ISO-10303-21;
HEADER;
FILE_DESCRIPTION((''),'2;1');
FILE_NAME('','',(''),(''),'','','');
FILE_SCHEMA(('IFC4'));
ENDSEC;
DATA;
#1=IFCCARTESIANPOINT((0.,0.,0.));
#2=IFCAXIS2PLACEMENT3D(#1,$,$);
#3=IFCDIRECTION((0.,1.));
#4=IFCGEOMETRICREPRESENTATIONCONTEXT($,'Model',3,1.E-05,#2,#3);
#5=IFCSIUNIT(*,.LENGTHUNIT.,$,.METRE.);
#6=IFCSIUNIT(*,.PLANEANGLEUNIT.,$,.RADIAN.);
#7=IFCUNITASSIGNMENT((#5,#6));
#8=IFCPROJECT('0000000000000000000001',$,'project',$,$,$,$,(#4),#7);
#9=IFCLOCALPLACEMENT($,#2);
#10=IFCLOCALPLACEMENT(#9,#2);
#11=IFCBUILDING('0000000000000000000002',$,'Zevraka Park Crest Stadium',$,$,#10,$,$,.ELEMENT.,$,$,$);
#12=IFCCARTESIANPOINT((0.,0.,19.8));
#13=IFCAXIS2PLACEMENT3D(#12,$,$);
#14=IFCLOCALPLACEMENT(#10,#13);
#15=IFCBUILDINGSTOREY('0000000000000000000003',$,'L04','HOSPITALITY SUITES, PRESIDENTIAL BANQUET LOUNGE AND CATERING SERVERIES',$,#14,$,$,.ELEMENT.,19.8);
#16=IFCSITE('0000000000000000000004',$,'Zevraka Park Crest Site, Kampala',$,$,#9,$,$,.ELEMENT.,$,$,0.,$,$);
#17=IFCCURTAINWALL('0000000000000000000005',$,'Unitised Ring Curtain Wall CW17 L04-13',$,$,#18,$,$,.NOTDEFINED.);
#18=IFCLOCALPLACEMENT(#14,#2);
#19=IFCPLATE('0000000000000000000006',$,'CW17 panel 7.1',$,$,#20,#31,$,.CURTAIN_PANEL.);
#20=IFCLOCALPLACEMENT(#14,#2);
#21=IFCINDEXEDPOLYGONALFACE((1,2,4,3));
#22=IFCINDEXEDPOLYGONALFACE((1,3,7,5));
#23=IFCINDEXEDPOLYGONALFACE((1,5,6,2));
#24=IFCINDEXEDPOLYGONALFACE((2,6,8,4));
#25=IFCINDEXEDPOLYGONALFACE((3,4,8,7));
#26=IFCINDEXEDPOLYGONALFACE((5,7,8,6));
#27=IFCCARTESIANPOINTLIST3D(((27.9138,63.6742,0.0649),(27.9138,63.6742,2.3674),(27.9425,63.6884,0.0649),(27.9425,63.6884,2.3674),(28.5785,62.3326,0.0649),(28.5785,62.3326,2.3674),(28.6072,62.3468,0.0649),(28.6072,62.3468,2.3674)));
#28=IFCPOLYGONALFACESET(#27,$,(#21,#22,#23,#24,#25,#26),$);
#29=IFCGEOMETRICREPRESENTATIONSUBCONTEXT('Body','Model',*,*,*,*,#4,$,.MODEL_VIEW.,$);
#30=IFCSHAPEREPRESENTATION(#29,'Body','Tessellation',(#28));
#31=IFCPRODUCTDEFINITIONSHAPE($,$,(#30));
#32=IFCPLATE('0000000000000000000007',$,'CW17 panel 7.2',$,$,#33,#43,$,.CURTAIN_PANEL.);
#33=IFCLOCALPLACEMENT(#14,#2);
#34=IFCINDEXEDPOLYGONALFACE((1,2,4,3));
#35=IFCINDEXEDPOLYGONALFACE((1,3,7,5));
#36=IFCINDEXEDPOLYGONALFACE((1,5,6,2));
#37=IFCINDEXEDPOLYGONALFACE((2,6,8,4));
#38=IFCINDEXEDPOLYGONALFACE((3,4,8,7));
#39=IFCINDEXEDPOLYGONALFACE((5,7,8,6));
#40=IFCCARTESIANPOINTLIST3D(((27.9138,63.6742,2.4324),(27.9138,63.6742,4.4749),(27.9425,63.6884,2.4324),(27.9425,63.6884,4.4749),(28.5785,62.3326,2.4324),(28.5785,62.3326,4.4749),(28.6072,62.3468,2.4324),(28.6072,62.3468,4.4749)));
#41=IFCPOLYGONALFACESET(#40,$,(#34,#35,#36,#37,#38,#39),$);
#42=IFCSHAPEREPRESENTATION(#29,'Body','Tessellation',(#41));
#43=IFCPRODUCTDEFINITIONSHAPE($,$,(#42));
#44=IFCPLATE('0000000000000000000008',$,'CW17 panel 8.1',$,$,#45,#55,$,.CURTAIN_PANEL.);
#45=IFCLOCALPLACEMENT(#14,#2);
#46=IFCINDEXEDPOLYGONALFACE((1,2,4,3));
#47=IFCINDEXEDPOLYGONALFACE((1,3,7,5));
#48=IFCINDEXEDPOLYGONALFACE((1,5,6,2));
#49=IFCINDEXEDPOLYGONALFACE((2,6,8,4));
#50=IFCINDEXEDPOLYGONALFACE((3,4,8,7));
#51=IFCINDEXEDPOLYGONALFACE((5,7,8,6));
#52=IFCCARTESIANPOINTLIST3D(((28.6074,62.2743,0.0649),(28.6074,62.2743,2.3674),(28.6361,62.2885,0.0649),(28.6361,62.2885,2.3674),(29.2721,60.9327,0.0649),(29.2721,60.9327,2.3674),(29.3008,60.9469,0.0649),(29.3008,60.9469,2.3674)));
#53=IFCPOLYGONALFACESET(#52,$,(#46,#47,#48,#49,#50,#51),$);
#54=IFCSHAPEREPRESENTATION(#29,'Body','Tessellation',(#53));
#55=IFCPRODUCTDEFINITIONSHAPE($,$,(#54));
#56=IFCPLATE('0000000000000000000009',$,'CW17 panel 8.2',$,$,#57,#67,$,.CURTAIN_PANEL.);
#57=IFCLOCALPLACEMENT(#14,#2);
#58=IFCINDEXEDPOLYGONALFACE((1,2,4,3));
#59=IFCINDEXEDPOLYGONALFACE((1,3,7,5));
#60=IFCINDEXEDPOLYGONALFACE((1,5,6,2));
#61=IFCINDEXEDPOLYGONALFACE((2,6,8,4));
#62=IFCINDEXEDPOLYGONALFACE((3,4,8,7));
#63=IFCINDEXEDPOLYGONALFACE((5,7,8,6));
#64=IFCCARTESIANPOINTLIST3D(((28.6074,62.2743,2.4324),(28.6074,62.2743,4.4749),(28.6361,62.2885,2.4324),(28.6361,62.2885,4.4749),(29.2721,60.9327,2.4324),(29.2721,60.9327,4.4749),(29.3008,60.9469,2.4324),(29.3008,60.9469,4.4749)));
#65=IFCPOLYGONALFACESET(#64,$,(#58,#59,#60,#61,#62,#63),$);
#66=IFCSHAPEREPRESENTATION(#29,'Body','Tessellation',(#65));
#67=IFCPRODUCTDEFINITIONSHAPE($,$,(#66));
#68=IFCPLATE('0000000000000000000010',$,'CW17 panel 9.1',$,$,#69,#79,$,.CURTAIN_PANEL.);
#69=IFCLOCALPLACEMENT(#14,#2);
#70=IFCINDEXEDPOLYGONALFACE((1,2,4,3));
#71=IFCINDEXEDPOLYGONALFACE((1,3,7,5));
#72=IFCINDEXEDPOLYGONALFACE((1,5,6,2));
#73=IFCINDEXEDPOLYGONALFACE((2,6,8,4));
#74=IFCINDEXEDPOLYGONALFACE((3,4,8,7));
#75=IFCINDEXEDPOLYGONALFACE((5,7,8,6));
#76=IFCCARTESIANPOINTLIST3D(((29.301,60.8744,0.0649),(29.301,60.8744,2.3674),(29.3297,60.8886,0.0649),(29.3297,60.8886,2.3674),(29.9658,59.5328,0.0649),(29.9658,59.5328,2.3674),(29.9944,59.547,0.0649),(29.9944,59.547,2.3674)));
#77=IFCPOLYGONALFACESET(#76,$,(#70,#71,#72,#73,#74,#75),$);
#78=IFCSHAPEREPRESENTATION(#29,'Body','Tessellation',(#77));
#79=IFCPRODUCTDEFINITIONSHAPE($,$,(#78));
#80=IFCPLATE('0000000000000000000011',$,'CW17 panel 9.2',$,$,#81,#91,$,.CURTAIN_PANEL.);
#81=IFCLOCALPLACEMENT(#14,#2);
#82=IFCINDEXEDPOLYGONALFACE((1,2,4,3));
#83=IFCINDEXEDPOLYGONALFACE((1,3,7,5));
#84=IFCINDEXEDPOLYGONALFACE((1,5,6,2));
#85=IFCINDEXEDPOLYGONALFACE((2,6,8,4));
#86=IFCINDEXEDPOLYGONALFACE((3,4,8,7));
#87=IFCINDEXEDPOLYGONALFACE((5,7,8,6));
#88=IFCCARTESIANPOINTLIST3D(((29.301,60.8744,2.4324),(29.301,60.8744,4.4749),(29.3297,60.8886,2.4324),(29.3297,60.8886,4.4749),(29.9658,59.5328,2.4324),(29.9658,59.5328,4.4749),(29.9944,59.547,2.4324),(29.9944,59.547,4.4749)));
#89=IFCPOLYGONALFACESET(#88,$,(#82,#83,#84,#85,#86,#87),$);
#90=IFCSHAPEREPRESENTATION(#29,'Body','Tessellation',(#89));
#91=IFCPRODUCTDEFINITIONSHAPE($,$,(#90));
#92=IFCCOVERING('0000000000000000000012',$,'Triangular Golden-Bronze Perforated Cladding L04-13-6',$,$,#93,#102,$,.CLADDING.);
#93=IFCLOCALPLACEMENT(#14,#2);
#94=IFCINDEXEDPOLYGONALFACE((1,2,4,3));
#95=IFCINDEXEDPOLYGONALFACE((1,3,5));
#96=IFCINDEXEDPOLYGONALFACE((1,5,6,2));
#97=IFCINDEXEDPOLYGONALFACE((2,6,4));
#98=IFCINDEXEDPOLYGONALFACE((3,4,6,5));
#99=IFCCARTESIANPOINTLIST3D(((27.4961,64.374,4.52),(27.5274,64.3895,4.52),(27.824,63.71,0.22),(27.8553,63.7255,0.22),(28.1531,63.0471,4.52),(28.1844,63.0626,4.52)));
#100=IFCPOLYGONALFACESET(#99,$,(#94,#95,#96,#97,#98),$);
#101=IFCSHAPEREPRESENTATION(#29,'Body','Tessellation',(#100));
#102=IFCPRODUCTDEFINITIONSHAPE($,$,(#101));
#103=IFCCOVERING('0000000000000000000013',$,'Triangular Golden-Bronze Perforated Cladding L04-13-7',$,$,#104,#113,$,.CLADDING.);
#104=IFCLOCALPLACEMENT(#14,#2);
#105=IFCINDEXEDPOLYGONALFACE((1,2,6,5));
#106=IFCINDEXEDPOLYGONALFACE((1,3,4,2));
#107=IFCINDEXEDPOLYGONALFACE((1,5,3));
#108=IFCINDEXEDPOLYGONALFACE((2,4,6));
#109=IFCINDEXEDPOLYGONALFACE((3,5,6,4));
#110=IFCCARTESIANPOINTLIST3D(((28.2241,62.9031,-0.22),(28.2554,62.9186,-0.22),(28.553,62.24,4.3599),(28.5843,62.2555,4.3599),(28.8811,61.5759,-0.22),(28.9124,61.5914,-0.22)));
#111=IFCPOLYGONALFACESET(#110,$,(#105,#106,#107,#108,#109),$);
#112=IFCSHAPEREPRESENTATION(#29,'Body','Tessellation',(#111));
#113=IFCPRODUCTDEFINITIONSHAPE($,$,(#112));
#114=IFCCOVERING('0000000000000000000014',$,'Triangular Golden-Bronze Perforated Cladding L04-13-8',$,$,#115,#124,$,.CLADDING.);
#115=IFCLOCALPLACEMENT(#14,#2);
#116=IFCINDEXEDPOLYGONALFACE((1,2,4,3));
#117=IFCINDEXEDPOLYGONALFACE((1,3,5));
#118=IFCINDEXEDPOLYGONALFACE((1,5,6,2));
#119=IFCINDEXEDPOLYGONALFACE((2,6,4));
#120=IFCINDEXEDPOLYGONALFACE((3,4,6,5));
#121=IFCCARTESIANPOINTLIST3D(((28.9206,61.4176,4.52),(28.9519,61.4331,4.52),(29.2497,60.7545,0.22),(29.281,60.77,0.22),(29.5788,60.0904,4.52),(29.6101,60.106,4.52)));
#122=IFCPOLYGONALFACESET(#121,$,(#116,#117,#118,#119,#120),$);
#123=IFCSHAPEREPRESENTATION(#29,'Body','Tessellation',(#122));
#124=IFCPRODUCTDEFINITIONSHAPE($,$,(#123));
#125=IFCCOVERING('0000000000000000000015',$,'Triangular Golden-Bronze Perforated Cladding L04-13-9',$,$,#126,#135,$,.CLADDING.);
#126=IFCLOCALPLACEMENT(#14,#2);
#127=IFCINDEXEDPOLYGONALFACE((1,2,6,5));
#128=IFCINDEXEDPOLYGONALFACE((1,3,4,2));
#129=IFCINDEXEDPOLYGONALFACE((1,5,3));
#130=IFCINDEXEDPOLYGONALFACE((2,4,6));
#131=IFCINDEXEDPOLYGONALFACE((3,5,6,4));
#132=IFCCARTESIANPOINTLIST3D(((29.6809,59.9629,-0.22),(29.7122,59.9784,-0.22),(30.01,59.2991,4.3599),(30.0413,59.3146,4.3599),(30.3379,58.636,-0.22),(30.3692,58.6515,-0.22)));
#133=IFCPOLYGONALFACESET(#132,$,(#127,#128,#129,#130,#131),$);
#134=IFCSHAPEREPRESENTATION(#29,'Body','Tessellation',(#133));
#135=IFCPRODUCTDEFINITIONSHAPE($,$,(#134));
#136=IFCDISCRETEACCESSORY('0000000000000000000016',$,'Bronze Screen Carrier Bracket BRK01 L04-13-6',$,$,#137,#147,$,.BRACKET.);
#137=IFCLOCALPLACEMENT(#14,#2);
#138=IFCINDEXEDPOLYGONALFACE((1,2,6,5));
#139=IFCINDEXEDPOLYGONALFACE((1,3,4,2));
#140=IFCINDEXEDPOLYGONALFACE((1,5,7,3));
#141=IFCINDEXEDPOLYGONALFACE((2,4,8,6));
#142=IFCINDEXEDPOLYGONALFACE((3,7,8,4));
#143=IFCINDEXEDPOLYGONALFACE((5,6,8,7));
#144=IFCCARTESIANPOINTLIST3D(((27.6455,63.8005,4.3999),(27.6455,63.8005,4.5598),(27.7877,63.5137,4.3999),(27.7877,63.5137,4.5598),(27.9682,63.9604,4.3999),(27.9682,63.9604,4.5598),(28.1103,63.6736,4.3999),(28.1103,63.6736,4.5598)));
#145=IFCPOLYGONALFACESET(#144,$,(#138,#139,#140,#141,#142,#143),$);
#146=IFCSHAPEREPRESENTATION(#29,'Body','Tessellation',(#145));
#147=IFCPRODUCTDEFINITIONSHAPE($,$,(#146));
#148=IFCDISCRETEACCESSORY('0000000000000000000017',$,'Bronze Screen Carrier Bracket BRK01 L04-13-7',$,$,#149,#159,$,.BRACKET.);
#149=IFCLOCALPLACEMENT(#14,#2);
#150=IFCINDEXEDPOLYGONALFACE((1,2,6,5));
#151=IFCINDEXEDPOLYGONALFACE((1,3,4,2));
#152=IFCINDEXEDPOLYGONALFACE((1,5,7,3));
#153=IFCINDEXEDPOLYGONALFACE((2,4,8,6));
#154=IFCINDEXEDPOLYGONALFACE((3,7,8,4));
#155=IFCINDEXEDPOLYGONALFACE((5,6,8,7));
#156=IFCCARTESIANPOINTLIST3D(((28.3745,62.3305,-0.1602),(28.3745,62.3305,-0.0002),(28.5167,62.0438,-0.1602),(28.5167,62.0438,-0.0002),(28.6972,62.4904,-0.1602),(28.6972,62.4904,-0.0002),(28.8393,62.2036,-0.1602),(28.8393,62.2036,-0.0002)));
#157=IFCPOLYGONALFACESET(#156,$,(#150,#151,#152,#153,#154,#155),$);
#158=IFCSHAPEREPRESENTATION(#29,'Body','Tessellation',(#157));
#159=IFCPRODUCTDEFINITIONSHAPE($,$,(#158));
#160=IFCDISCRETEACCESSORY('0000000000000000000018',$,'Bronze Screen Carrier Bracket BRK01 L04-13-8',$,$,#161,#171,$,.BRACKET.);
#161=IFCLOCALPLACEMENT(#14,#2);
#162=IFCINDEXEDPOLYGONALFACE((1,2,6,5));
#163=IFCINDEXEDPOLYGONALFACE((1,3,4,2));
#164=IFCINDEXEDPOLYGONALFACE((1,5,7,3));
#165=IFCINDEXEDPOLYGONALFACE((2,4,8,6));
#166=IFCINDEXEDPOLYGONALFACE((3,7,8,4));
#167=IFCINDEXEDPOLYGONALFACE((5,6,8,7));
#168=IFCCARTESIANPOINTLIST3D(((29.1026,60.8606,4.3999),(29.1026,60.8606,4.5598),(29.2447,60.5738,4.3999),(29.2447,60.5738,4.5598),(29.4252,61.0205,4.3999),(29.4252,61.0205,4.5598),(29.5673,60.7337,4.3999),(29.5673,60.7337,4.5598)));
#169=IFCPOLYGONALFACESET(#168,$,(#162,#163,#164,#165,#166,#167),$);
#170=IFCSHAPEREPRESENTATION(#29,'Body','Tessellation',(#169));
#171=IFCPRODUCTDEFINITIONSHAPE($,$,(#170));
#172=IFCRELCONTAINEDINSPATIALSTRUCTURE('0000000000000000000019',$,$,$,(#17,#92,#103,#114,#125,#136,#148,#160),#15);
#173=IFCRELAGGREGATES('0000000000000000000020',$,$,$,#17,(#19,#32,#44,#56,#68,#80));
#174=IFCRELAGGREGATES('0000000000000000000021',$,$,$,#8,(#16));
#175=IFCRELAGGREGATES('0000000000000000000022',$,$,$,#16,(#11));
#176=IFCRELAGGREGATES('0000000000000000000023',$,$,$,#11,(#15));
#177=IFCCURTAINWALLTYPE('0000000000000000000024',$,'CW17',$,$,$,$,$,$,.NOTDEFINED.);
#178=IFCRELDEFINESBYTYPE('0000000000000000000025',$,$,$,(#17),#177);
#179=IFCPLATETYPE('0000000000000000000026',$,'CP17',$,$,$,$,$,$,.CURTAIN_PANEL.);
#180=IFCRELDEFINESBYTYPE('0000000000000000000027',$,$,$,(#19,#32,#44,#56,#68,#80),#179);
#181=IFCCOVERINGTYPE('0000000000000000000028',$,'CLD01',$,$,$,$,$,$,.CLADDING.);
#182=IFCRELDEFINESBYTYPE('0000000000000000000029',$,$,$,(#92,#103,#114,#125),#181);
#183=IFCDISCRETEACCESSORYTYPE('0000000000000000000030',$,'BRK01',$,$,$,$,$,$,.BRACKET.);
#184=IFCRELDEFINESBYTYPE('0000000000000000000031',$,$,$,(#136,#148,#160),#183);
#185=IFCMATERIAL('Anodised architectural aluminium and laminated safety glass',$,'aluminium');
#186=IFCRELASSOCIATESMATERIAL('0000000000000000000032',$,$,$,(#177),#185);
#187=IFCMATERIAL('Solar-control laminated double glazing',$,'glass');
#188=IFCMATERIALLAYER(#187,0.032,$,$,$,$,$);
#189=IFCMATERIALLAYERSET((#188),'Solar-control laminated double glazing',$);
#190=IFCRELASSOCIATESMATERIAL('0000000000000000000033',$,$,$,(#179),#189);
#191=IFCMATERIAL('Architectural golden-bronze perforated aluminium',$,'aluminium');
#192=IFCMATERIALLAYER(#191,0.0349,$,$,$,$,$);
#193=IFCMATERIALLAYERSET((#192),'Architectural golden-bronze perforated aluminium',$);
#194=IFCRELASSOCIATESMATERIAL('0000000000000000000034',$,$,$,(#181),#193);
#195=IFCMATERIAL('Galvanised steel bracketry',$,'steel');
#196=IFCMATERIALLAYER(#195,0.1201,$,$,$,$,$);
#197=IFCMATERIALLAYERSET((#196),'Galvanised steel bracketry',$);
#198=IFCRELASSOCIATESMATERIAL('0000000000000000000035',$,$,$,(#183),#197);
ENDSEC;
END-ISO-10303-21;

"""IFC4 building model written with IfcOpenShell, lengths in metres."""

from ifc_helpers import new_model, si_unit, direction, frame, origin, origin_2d, place, context, subcontext, project, spatial, polyline, rectangle, outline, extrude, material, layer, layer_set, type_object, element, aggregate, save


model = new_model("IFC4")

# Units and contexts
model_context = context("Model", 3, precision=1e-05, world=origin(), true_north=direction((0.0, 1.0)))
body_context = subcontext(model_context, "Body", "Model", "MODEL_VIEW")
ifc_project = project(units=[si_unit("LENGTHUNIT", "METRE"), si_unit("PLANEANGLEUNIT", "RADIAN")], contexts=[model_context])

# Site, building, storey
site_placement = place(None, origin())
site = spatial("IfcSite", under=ifc_project, at=site_placement, Name="Zevraka Park Crest Site, Kampala", CompositionType="ELEMENT", RefElevation=0.0)
building_placement = place(site_placement, origin())
building = spatial("IfcBuilding", under=site, at=building_placement, Name="Zevraka Park Crest Stadium", CompositionType="ELEMENT")
storey_placement = place(building_placement, frame((0.0, 0.0, 19.8)))
storey = spatial("IfcBuildingStorey", under=building, at=storey_placement, Name="L04", Description="HOSPITALITY SUITES, PRESIDENTIAL BANQUET LOUNGE AND CATERING SERVERIES", CompositionType="ELEMENT", Elevation=19.8)

# Curtain wall, plates
ifc_material_1 = material(Name="Anodised architectural aluminium and laminated safety glass", Category="aluminium")
curtain_wall_type = type_object("IfcCurtainWallType", Name="CW17", PredefinedType="NOTDEFINED", material=ifc_material_1)
curtain_wall_placement = place(storey_placement, origin())
curtain_wall = element("IfcCurtainWall", 1, at=curtain_wall_placement, inside=storey, type_object=curtain_wall_type, Name="Unitised Ring Curtain Wall CW17 L04-13", PredefinedType="NOTDEFINED")
ifc_material_2 = material(Name="Solar-control laminated double glazing", Category="glass")
ifc_layer_1 = layer(ifc_material_2, 0.032)
ifc_layer_set_1 = layer_set([ifc_layer_1], Name="Solar-control laminated double glazing")
plate_type = type_object("IfcPlateType", Name="CP17", PredefinedType="CURTAIN_PANEL", material=ifc_layer_set_1)
plate_1_placement = place(storey_placement, frame((28.2605, 63.0105, 0.0649), z_axis=(0.0, 0.0, 1.0), x_axis=(0.443961, -0.896046, 0.0)))
plate_1 = element("IfcPlate", 2, at=plate_1_placement, type_object=plate_type, Name="CW17 panel 7.1", PredefinedType="CURTAIN_PANEL", context=body_context, shape_type="SweptSolid", body=[
    extrude(rectangle(XDim=1.4973, YDim=0.032, at=origin_2d()), origin(), (0.0, 0.0, 1.0), 2.3025),
])
plate_2_placement = place(storey_placement, frame((28.2605, 63.0105, 2.4324), z_axis=(0.0, 0.0, 1.0), x_axis=(0.443961, -0.896046, 0.0)))
plate_2 = element("IfcPlate", 3, at=plate_2_placement, type_object=plate_type, Name="CW17 panel 7.2", PredefinedType="CURTAIN_PANEL", context=body_context, shape_type="SweptSolid", body=[
    extrude(rectangle(XDim=1.4973, YDim=0.032, at=origin_2d()), origin(), (0.0, 0.0, 1.0), 2.0425),
])
plate_3_placement = place(storey_placement, frame((28.9541, 61.6106, 0.0649), z_axis=(0.0, 0.0, 1.0), x_axis=(0.443961, -0.896046, 0.0)))
plate_3 = element("IfcPlate", 4, at=plate_3_placement, type_object=plate_type, Name="CW17 panel 8.1", PredefinedType="CURTAIN_PANEL", context=body_context, shape_type="SweptSolid", body=[
    extrude(rectangle(XDim=1.4973, YDim=0.032, at=origin_2d()), origin(), (0.0, 0.0, 1.0), 2.3025),
])
plate_4_placement = place(storey_placement, frame((28.9541, 61.6106, 2.4324), z_axis=(0.0, 0.0, 1.0), x_axis=(0.443961, -0.896046, 0.0)))
plate_4 = element("IfcPlate", 5, at=plate_4_placement, type_object=plate_type, Name="CW17 panel 8.2", PredefinedType="CURTAIN_PANEL", context=body_context, shape_type="SweptSolid", body=[
    extrude(rectangle(XDim=1.4973, YDim=0.032, at=origin_2d()), origin(), (0.0, 0.0, 1.0), 2.0425),
])
plate_5_placement = place(storey_placement, frame((29.6477, 60.2107, 0.0649), z_axis=(0.0, 0.0, 1.0), x_axis=(0.443961, -0.896046, 0.0)))
plate_5 = element("IfcPlate", 6, at=plate_5_placement, type_object=plate_type, Name="CW17 panel 9.1", PredefinedType="CURTAIN_PANEL", context=body_context, shape_type="SweptSolid", body=[
    extrude(rectangle(XDim=1.4973, YDim=0.032, at=origin_2d()), origin(), (0.0, 0.0, 1.0), 2.3025),
])
plate_6_placement = place(storey_placement, frame((29.6477, 60.2107, 2.4324), z_axis=(0.0, 0.0, 1.0), x_axis=(0.443961, -0.896046, 0.0)))
plate_6 = element("IfcPlate", 7, at=plate_6_placement, type_object=plate_type, Name="CW17 panel 9.2", PredefinedType="CURTAIN_PANEL", context=body_context, shape_type="SweptSolid", body=[
    extrude(rectangle(XDim=1.4973, YDim=0.032, at=origin_2d()), origin(), (0.0, 0.0, 1.0), 2.0425),
])
aggregate(curtain_wall, [plate_1, plate_2, plate_3, plate_4, plate_5, plate_6])

# Coverings
ifc_material_3 = material(Name="Architectural golden-bronze perforated aluminium", Category="aluminium")
ifc_layer_2 = layer(ifc_material_3, 0.0349)
ifc_layer_set_2 = layer_set([ifc_layer_2], Name="Architectural golden-bronze perforated aluminium")
covering_type = type_object("IfcCoveringType", Name="CLD01", PredefinedType="CLADDING", material=ifc_layer_set_2)
covering_1_placement = place(storey_placement, frame((28.1531, 63.0471, 4.52), z_axis=(-0.896168, -0.443715, 0.00019), x_axis=(-0.443715, 0.896168, 0.0)))
element("IfcCovering", 8, at=covering_1_placement, inside=storey, type_object=covering_type, Name="Triangular Golden-Bronze Perforated Cladding L04-13-6", PredefinedType="CLADDING", context=body_context, shape_type="SweptSolid", body=[
    extrude(outline(polyline([(0.0, 0.0), (1.4806, 0.0), (0.74, 4.3), (0.0, 0.0)])), origin(), (0.0, 0.0, -1.0), 0.0349),
])
covering_2_placement = place(storey_placement, frame((28.2241, 62.9031, -0.22), z_axis=(-0.896201, -0.443649, 0.000119), x_axis=(0.443649, -0.896201, 0.0)))
element("IfcCovering", 9, at=covering_2_placement, inside=storey, type_object=covering_type, Name="Triangular Golden-Bronze Perforated Cladding L04-13-7", PredefinedType="CLADDING", context=body_context, shape_type="SweptSolid", body=[
    extrude(outline(polyline([(0.0, 0.0), (1.4809, 0.0), (0.7402, 4.5798), (0.0, 0.0)])), origin(), (0.0, 0.0, -1.0), 0.0349),
])
covering_3_placement = place(storey_placement, frame((29.6101, 60.106, 4.52), z_axis=(0.895873, 0.444311, 0.00005), x_axis=(-0.444311, 0.895873, 0.0)))
element("IfcCovering", 10, at=covering_3_placement, inside=storey, type_object=covering_type, Name="Triangular Golden-Bronze Perforated Cladding L04-13-8", PredefinedType="CLADDING", context=body_context, shape_type="SweptSolid", body=[
    extrude(outline(polyline([(0.0, 0.0), (1.4814, 0.0), (0.7411, -4.3), (0.0, 0.0)])), origin(), (0.0, 0.0, -1.0), 0.0349),
])
covering_4_placement = place(storey_placement, frame((29.6809, 59.9629, -0.22), z_axis=(-0.896168, -0.443715, 0.000084), x_axis=(0.443715, -0.896168, 0.0)))
element("IfcCovering", 11, at=covering_4_placement, inside=storey, type_object=covering_type, Name="Triangular Golden-Bronze Perforated Cladding L04-13-9", PredefinedType="CLADDING", context=body_context, shape_type="SweptSolid", body=[
    extrude(outline(polyline([(0.0, 0.0), (1.4806, 0.0), (0.7409, 4.5798), (0.0, 0.0)])), origin(), (0.0, 0.0, -1.0), 0.0349),
])

# Discrete accessories
ifc_material_4 = material(Name="Galvanised steel bracketry", Category="steel")
ifc_layer_3 = layer(ifc_material_4, 0.1201)
ifc_layer_set_3 = layer_set([ifc_layer_3], Name="Galvanised steel bracketry")
discrete_accessory_type = type_object("IfcDiscreteAccessoryType", Name="BRK01", PredefinedType="BRACKET", material=ifc_layer_set_3)
for number, where, z_axis, x_axis, name in (
    (12, (27.8779, 63.7371, 4.3999), (0.0, 0.0, 1.0), (0.44401, -0.896022, 0.0), "Bronze Screen Carrier Bracket BRK01 L04-13-6"),
    (13, (28.6069, 62.2671, -0.1602), (0.0, 0.0, 1.0), (0.44401, -0.896022, 0.0), "Bronze Screen Carrier Bracket BRK01 L04-13-7"),
    (14, (29.335, 60.7971, 4.3999), (0.0, 0.0, 1.0), (0.44401, -0.896022, 0.0), "Bronze Screen Carrier Bracket BRK01 L04-13-8"),
):
    element("IfcDiscreteAccessory", number, at=place(storey_placement, frame(where, z_axis=z_axis, x_axis=x_axis)), inside=storey, type_object=discrete_accessory_type, Name=name, PredefinedType="BRACKET", context=body_context, shape_type="SweptSolid", body=[
        extrude(rectangle(XDim=0.3201, YDim=0.3601, at=origin_2d()), origin(), (0.0, 0.0, 1.0), 0.1599),
    ])

save(model, "model.ifc")
